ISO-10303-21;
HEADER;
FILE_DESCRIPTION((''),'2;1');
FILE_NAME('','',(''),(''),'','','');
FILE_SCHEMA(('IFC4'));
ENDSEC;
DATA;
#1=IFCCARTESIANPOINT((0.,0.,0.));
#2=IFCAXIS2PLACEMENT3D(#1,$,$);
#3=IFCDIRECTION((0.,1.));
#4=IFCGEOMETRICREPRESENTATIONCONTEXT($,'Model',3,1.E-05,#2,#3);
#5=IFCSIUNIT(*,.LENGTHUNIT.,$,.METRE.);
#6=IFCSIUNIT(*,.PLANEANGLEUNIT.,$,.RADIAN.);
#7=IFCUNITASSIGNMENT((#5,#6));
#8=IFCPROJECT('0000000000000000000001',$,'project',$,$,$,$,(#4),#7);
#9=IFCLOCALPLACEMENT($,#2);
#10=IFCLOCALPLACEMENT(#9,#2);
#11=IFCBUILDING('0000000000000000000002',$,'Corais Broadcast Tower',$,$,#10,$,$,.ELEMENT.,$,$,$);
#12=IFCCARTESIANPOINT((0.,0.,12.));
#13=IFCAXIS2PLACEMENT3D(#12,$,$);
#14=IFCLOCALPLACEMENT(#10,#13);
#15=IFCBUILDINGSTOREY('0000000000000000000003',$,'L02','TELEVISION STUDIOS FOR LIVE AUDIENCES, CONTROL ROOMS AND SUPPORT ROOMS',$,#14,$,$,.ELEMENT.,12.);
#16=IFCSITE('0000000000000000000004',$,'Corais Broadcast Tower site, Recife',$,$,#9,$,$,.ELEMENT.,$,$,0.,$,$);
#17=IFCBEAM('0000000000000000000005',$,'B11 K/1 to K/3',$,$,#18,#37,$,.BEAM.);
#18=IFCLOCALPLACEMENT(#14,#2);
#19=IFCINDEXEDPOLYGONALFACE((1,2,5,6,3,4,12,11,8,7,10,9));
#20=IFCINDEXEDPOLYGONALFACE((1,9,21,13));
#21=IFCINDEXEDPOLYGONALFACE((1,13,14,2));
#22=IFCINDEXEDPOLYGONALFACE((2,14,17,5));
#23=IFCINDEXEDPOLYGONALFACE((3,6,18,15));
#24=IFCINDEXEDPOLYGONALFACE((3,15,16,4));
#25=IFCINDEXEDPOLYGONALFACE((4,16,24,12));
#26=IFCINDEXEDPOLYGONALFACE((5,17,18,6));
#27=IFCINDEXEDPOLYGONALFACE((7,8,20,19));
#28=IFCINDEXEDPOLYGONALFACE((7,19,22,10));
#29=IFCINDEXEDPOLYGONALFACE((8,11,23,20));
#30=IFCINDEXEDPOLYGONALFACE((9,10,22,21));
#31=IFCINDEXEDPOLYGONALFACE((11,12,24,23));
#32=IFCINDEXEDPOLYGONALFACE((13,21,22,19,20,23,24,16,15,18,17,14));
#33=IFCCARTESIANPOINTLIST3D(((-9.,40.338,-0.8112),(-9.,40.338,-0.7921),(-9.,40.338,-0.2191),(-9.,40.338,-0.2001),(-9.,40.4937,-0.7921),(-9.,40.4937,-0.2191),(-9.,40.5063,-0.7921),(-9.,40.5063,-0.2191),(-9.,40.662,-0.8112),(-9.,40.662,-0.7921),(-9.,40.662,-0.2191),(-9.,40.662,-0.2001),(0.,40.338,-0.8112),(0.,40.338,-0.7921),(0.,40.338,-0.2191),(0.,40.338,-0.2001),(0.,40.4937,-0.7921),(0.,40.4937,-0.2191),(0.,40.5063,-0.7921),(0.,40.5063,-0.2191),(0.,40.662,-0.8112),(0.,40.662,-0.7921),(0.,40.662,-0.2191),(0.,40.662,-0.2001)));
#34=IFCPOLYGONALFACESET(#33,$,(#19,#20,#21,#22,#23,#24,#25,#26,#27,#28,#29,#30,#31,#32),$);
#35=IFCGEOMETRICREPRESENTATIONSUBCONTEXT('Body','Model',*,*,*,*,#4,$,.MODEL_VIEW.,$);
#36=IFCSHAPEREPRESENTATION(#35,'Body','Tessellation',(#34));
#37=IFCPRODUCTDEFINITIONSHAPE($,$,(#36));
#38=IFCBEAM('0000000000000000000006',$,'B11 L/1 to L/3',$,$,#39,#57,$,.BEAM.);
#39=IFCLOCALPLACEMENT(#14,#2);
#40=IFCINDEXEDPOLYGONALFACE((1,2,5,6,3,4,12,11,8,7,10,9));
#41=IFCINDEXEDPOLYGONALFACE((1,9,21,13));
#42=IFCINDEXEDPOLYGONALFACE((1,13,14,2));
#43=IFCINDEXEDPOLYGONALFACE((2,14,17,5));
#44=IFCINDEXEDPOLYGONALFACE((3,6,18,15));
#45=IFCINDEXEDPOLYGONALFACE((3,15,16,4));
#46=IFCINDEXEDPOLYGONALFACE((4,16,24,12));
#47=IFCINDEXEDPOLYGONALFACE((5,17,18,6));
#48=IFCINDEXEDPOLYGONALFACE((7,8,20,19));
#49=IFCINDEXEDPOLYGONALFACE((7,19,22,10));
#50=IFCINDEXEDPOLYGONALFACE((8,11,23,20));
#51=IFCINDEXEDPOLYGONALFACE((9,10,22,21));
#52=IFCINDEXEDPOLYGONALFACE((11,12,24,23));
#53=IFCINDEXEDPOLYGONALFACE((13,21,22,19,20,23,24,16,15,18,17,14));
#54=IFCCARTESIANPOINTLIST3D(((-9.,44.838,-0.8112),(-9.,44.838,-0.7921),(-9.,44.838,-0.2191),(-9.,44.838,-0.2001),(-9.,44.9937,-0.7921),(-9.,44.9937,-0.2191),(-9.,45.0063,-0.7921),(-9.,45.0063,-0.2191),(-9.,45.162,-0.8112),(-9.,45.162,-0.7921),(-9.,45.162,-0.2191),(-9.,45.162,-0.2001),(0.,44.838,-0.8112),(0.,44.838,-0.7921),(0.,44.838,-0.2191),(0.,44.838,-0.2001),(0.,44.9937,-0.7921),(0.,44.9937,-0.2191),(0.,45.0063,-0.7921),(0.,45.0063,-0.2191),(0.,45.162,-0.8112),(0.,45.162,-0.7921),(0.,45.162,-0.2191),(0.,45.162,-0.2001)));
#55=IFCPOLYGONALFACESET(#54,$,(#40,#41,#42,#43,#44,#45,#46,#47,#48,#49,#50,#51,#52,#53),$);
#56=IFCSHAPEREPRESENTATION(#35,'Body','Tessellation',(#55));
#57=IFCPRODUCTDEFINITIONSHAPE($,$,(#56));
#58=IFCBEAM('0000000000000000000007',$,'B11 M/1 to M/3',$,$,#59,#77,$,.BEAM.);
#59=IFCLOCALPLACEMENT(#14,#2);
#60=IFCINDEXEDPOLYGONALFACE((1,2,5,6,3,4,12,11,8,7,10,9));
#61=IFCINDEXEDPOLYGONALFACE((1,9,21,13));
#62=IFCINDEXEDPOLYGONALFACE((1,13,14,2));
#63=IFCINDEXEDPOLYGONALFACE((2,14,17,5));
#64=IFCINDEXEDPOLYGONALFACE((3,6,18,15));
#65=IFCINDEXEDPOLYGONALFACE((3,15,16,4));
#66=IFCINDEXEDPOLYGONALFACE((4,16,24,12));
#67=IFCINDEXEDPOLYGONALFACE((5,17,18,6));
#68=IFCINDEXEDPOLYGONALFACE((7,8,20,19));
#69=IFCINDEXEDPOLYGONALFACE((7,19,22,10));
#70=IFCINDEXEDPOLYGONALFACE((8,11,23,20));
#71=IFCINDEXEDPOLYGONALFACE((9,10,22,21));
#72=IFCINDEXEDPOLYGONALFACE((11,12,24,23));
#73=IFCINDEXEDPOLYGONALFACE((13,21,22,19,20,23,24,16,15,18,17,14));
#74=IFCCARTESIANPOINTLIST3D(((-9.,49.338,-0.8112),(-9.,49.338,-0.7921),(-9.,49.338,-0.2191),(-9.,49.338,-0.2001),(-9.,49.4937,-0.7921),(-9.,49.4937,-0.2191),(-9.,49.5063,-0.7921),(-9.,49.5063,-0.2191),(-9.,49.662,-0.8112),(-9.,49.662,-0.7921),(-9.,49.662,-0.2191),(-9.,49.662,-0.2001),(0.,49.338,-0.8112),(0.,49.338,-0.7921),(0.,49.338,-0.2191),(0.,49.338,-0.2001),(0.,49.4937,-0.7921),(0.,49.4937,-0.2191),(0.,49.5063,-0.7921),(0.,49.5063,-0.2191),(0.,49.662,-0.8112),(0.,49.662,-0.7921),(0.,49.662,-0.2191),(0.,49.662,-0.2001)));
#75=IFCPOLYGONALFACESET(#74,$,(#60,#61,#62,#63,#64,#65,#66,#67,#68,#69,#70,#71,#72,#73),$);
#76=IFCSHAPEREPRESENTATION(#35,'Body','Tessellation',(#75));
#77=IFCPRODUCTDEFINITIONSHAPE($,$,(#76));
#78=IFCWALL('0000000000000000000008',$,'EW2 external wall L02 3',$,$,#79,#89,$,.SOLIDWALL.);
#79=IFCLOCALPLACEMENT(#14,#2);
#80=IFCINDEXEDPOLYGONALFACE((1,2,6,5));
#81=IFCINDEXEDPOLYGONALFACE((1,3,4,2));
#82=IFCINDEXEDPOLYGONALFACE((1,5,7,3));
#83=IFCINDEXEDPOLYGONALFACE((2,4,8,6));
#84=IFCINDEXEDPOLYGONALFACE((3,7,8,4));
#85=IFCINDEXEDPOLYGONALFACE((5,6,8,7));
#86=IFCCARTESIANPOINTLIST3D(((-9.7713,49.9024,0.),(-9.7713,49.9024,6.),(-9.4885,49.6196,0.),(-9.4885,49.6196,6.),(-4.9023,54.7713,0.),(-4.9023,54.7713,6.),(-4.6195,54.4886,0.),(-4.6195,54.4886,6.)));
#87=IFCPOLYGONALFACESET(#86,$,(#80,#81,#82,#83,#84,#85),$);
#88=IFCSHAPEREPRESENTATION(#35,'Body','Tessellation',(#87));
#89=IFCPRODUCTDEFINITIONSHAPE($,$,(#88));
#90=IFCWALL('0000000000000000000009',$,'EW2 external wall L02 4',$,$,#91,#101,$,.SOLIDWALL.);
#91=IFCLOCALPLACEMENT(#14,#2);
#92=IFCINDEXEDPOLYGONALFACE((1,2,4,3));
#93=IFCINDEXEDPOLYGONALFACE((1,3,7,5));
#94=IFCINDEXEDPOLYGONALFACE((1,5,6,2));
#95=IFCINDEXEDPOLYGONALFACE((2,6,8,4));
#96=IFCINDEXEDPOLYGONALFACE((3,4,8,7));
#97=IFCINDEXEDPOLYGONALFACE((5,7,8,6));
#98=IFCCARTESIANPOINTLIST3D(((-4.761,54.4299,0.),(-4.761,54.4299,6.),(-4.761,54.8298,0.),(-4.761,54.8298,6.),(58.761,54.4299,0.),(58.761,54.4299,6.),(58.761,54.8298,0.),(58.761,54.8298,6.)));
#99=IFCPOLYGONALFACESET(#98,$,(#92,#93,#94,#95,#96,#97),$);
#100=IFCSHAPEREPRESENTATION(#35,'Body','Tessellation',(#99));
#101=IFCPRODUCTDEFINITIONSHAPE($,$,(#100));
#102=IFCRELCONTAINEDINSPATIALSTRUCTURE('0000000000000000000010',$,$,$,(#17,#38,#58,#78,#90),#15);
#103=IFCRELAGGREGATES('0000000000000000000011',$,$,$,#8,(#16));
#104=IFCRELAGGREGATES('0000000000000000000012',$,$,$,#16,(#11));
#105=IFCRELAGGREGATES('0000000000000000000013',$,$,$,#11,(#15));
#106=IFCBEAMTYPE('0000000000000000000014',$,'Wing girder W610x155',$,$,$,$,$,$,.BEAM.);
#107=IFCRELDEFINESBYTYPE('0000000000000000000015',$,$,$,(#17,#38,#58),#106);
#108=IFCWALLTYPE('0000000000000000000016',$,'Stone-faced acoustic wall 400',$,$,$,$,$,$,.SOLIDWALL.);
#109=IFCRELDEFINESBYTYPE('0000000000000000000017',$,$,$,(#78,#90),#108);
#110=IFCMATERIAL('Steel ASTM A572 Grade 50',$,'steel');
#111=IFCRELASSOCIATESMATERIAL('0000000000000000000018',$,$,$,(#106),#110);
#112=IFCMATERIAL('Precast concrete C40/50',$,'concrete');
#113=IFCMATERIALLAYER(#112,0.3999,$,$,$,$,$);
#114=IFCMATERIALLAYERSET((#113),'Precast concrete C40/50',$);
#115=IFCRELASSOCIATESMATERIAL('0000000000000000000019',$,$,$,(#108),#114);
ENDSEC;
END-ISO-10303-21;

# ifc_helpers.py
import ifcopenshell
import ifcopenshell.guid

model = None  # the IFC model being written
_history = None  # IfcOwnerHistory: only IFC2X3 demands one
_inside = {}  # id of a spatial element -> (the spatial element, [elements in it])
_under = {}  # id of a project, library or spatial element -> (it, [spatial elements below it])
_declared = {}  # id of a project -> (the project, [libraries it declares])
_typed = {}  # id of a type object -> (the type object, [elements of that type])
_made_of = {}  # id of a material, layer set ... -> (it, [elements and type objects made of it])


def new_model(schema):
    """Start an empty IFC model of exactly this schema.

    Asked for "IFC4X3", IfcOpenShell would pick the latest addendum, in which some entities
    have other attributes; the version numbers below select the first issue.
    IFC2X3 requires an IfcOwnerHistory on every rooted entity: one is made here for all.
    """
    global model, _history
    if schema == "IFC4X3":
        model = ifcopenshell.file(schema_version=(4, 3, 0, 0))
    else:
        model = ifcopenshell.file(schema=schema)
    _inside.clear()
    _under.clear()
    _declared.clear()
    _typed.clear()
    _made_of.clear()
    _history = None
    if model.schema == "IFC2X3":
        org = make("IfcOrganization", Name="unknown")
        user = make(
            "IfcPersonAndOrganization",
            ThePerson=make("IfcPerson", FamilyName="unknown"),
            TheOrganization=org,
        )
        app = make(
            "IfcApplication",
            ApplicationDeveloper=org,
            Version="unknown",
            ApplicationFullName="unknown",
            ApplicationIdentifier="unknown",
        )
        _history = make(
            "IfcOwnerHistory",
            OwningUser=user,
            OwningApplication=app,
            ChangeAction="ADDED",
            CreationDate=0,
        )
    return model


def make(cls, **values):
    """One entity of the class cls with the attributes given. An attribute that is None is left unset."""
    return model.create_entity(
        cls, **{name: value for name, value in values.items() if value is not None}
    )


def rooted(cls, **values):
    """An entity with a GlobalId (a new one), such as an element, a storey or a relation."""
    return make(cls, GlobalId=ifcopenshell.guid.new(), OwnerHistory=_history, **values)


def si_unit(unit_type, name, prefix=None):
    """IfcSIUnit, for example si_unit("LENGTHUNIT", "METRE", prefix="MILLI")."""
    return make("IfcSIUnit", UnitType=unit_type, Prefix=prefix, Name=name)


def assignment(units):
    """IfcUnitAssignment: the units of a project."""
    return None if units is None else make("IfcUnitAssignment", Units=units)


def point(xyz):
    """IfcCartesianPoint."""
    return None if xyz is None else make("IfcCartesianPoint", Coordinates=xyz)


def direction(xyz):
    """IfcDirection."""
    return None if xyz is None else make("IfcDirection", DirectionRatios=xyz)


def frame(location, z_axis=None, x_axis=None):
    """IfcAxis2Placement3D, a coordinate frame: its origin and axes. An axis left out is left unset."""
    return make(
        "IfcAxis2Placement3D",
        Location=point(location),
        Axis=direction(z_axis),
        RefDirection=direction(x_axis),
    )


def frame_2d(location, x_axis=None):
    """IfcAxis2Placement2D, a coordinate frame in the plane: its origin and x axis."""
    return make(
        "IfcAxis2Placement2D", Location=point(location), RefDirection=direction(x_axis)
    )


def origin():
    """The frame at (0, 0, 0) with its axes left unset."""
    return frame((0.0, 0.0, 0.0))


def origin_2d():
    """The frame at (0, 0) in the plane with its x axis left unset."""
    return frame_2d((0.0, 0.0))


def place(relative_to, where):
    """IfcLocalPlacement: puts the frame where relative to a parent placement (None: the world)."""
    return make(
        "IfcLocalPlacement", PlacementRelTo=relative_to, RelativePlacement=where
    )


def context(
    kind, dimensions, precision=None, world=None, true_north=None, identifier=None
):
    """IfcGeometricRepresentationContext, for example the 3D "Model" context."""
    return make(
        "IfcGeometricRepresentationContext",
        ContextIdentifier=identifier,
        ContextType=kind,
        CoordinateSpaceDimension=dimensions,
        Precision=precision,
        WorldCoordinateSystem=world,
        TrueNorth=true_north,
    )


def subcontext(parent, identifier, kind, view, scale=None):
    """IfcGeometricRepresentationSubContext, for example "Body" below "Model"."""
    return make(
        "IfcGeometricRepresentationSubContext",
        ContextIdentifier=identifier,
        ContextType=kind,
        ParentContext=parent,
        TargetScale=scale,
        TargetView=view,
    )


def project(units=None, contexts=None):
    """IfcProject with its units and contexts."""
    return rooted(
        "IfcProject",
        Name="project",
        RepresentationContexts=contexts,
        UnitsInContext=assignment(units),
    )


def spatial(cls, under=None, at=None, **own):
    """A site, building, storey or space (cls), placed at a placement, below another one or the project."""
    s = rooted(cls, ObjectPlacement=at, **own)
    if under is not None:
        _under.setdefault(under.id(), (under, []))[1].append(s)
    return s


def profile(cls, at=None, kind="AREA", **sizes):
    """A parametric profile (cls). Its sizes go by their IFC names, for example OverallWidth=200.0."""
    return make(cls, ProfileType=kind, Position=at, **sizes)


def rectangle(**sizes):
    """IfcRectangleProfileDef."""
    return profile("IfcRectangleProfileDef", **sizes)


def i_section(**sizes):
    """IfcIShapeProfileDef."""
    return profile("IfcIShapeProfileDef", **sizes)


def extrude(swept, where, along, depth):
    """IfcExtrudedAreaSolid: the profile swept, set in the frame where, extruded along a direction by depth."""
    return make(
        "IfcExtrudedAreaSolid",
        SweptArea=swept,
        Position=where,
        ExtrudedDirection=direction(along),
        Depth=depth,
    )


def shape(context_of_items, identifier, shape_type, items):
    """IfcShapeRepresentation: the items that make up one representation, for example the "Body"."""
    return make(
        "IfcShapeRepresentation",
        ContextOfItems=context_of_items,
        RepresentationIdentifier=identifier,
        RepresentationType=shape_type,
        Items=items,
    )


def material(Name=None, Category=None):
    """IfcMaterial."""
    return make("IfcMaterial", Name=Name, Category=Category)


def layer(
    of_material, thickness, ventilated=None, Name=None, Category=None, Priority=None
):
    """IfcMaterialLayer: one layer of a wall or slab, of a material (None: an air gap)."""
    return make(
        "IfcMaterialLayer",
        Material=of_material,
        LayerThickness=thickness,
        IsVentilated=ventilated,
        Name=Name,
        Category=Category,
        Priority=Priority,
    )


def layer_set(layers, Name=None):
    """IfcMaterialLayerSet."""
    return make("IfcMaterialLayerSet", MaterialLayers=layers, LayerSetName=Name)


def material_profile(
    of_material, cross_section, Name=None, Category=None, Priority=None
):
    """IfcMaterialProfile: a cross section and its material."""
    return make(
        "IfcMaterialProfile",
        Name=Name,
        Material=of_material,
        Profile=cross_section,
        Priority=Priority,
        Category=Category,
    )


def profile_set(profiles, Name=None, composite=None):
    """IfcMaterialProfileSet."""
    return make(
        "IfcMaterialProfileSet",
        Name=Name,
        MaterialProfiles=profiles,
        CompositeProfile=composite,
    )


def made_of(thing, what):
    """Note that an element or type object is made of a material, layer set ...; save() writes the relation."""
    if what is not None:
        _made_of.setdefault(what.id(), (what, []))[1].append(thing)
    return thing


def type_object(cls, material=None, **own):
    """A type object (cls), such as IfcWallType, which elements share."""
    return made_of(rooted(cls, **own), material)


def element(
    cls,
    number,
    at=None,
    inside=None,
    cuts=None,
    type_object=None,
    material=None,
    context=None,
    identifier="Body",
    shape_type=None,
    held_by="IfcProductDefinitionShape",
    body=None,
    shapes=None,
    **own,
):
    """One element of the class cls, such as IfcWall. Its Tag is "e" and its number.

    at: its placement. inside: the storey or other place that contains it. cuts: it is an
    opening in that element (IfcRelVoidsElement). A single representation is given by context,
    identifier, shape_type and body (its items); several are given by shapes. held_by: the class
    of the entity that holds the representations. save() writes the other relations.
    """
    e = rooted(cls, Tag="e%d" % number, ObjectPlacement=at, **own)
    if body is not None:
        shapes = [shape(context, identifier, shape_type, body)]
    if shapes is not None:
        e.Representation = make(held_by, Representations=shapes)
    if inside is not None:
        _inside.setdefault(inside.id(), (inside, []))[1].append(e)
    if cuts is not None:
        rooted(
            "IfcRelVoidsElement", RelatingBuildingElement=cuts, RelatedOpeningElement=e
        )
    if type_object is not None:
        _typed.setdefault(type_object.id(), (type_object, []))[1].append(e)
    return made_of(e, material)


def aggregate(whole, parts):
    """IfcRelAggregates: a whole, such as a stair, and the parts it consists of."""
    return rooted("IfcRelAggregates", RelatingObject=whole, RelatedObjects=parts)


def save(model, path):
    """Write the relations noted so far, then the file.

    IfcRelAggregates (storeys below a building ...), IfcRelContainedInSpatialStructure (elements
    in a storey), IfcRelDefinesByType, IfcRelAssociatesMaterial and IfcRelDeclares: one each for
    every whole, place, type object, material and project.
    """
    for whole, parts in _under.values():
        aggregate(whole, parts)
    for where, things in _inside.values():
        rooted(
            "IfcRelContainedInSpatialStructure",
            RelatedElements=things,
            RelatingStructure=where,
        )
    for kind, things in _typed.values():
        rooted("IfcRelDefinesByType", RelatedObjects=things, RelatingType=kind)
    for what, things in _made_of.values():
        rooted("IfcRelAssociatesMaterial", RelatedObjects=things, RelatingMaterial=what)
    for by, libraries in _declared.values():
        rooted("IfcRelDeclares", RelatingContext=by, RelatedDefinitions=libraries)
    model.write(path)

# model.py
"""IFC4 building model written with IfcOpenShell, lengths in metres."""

from ifc_helpers import new_model, si_unit, direction, frame, frame_2d, origin, origin_2d, place, context, subcontext, project, spatial, rectangle, i_section, extrude, material, layer, layer_set, material_profile, profile_set, type_object, element, save


model = new_model("IFC4")

# Units and contexts
model_context = context("Model", 3, precision=1e-05, world=origin(), true_north=direction((0.0, 1.0)))
body_context = subcontext(model_context, "Body", "Model", "MODEL_VIEW")
ifc_project = project(units=[si_unit("LENGTHUNIT", "METRE"), si_unit("PLANEANGLEUNIT", "RADIAN")], contexts=[model_context])

# Site, building, storey
site_placement = place(None, origin())
site = spatial("IfcSite", under=ifc_project, at=site_placement, Name="Corais Broadcast Tower site, Recife", CompositionType="ELEMENT", RefElevation=0.0)
building_placement = place(site_placement, origin())
building = spatial("IfcBuilding", under=site, at=building_placement, Name="Corais Broadcast Tower", CompositionType="ELEMENT")
storey_placement = place(building_placement, frame((0.0, 0.0, 12.0)))
storey = spatial("IfcBuildingStorey", under=building, at=storey_placement, Name="L02", Description="TELEVISION STUDIOS FOR LIVE AUDIENCES, CONTROL ROOMS AND SUPPORT ROOMS", CompositionType="ELEMENT", Elevation=12.0)

# Beams
ifc_material_1 = material(Name="Steel ASTM A572 Grade 50", Category="steel")
ifc_material_profile_1 = material_profile(ifc_material_1, i_section(OverallWidth=0.324, OverallDepth=0.6111, WebThickness=0.0127, FlangeThickness=0.019, at=origin_2d()), Name="W610x155")
ifc_profile_set_1 = profile_set([ifc_material_profile_1], Name="Steel ASTM A572 Grade 50")
beam_type_1 = type_object("IfcBeamType", Name="Wing girder W610x155", PredefinedType="BEAM", material=ifc_profile_set_1)
for number, where, z_axis, x_axis, name in (
    (1, (-9.0, 40.5, -0.5056), (1.0, 0.0, 0.0), (0.0, 1.0, 0.0), "B11 K/1 to K/3"),
    (2, (-9.0, 45.0, -0.5056), (1.0, 0.0, 0.0), (0.0, 1.0, 0.0), "B11 L/1 to L/3"),
    (3, (-9.0, 49.5, -0.5056), (1.0, 0.0, 0.0), (0.0, 1.0, 0.0), "B11 M/1 to M/3"),
):
    element("IfcBeam", number, at=place(storey_placement, frame(where, z_axis=z_axis, x_axis=x_axis)), inside=storey, type_object=beam_type_1, Name=name, PredefinedType="BEAM", context=body_context, shape_type="SweptSolid", body=[
        extrude(i_section(OverallWidth=0.324, OverallDepth=0.6111, WebThickness=0.0127, FlangeThickness=0.019, at=origin_2d()), origin(), (0.0, 0.0, 1.0), 9.0),
    ])

# Walls
ifc_material_2 = material(Name="Precast concrete C40/50", Category="concrete")
ifc_layer = layer(ifc_material_2, 0.3999)
ifc_layer_set = layer_set([ifc_layer], Name="Precast concrete C40/50")
wall_type = type_object("IfcWallType", Name="Stone-faced acoustic wall 400", PredefinedType="SOLIDWALL", material=ifc_layer_set)
wall_1_placement = place(storey_placement, frame((-9.6299, 49.761, 0.0), z_axis=(0.0, 0.0, 1.0), x_axis=(0.707107, 0.707107, 0.0)))
element("IfcWall", 4, at=wall_1_placement, inside=storey, type_object=wall_type, Name="EW2 external wall L02 3", PredefinedType="SOLIDWALL", context=body_context, shape_type="SweptSolid", body=[
    extrude(rectangle(XDim=6.8857, YDim=0.3999, at=frame_2d((3.4429, 0.0))), origin(), (0.0, 0.0, 1.0), 6.0),
])
wall_2_placement = place(storey_placement, frame((-4.761, 54.6299, 0.0), z_axis=(0.0, 0.0, 1.0), x_axis=(1.0, 0.0, 0.0)))
element("IfcWall", 5, at=wall_2_placement, inside=storey, type_object=wall_type, Name="EW2 external wall L02 4", PredefinedType="SOLIDWALL", context=body_context, shape_type="SweptSolid", body=[
    extrude(rectangle(XDim=63.522, YDim=0.3999, at=frame_2d((31.761, 0.0))), origin(), (0.0, 0.0, 1.0), 6.0),
])

save(model, "model.ifc")
